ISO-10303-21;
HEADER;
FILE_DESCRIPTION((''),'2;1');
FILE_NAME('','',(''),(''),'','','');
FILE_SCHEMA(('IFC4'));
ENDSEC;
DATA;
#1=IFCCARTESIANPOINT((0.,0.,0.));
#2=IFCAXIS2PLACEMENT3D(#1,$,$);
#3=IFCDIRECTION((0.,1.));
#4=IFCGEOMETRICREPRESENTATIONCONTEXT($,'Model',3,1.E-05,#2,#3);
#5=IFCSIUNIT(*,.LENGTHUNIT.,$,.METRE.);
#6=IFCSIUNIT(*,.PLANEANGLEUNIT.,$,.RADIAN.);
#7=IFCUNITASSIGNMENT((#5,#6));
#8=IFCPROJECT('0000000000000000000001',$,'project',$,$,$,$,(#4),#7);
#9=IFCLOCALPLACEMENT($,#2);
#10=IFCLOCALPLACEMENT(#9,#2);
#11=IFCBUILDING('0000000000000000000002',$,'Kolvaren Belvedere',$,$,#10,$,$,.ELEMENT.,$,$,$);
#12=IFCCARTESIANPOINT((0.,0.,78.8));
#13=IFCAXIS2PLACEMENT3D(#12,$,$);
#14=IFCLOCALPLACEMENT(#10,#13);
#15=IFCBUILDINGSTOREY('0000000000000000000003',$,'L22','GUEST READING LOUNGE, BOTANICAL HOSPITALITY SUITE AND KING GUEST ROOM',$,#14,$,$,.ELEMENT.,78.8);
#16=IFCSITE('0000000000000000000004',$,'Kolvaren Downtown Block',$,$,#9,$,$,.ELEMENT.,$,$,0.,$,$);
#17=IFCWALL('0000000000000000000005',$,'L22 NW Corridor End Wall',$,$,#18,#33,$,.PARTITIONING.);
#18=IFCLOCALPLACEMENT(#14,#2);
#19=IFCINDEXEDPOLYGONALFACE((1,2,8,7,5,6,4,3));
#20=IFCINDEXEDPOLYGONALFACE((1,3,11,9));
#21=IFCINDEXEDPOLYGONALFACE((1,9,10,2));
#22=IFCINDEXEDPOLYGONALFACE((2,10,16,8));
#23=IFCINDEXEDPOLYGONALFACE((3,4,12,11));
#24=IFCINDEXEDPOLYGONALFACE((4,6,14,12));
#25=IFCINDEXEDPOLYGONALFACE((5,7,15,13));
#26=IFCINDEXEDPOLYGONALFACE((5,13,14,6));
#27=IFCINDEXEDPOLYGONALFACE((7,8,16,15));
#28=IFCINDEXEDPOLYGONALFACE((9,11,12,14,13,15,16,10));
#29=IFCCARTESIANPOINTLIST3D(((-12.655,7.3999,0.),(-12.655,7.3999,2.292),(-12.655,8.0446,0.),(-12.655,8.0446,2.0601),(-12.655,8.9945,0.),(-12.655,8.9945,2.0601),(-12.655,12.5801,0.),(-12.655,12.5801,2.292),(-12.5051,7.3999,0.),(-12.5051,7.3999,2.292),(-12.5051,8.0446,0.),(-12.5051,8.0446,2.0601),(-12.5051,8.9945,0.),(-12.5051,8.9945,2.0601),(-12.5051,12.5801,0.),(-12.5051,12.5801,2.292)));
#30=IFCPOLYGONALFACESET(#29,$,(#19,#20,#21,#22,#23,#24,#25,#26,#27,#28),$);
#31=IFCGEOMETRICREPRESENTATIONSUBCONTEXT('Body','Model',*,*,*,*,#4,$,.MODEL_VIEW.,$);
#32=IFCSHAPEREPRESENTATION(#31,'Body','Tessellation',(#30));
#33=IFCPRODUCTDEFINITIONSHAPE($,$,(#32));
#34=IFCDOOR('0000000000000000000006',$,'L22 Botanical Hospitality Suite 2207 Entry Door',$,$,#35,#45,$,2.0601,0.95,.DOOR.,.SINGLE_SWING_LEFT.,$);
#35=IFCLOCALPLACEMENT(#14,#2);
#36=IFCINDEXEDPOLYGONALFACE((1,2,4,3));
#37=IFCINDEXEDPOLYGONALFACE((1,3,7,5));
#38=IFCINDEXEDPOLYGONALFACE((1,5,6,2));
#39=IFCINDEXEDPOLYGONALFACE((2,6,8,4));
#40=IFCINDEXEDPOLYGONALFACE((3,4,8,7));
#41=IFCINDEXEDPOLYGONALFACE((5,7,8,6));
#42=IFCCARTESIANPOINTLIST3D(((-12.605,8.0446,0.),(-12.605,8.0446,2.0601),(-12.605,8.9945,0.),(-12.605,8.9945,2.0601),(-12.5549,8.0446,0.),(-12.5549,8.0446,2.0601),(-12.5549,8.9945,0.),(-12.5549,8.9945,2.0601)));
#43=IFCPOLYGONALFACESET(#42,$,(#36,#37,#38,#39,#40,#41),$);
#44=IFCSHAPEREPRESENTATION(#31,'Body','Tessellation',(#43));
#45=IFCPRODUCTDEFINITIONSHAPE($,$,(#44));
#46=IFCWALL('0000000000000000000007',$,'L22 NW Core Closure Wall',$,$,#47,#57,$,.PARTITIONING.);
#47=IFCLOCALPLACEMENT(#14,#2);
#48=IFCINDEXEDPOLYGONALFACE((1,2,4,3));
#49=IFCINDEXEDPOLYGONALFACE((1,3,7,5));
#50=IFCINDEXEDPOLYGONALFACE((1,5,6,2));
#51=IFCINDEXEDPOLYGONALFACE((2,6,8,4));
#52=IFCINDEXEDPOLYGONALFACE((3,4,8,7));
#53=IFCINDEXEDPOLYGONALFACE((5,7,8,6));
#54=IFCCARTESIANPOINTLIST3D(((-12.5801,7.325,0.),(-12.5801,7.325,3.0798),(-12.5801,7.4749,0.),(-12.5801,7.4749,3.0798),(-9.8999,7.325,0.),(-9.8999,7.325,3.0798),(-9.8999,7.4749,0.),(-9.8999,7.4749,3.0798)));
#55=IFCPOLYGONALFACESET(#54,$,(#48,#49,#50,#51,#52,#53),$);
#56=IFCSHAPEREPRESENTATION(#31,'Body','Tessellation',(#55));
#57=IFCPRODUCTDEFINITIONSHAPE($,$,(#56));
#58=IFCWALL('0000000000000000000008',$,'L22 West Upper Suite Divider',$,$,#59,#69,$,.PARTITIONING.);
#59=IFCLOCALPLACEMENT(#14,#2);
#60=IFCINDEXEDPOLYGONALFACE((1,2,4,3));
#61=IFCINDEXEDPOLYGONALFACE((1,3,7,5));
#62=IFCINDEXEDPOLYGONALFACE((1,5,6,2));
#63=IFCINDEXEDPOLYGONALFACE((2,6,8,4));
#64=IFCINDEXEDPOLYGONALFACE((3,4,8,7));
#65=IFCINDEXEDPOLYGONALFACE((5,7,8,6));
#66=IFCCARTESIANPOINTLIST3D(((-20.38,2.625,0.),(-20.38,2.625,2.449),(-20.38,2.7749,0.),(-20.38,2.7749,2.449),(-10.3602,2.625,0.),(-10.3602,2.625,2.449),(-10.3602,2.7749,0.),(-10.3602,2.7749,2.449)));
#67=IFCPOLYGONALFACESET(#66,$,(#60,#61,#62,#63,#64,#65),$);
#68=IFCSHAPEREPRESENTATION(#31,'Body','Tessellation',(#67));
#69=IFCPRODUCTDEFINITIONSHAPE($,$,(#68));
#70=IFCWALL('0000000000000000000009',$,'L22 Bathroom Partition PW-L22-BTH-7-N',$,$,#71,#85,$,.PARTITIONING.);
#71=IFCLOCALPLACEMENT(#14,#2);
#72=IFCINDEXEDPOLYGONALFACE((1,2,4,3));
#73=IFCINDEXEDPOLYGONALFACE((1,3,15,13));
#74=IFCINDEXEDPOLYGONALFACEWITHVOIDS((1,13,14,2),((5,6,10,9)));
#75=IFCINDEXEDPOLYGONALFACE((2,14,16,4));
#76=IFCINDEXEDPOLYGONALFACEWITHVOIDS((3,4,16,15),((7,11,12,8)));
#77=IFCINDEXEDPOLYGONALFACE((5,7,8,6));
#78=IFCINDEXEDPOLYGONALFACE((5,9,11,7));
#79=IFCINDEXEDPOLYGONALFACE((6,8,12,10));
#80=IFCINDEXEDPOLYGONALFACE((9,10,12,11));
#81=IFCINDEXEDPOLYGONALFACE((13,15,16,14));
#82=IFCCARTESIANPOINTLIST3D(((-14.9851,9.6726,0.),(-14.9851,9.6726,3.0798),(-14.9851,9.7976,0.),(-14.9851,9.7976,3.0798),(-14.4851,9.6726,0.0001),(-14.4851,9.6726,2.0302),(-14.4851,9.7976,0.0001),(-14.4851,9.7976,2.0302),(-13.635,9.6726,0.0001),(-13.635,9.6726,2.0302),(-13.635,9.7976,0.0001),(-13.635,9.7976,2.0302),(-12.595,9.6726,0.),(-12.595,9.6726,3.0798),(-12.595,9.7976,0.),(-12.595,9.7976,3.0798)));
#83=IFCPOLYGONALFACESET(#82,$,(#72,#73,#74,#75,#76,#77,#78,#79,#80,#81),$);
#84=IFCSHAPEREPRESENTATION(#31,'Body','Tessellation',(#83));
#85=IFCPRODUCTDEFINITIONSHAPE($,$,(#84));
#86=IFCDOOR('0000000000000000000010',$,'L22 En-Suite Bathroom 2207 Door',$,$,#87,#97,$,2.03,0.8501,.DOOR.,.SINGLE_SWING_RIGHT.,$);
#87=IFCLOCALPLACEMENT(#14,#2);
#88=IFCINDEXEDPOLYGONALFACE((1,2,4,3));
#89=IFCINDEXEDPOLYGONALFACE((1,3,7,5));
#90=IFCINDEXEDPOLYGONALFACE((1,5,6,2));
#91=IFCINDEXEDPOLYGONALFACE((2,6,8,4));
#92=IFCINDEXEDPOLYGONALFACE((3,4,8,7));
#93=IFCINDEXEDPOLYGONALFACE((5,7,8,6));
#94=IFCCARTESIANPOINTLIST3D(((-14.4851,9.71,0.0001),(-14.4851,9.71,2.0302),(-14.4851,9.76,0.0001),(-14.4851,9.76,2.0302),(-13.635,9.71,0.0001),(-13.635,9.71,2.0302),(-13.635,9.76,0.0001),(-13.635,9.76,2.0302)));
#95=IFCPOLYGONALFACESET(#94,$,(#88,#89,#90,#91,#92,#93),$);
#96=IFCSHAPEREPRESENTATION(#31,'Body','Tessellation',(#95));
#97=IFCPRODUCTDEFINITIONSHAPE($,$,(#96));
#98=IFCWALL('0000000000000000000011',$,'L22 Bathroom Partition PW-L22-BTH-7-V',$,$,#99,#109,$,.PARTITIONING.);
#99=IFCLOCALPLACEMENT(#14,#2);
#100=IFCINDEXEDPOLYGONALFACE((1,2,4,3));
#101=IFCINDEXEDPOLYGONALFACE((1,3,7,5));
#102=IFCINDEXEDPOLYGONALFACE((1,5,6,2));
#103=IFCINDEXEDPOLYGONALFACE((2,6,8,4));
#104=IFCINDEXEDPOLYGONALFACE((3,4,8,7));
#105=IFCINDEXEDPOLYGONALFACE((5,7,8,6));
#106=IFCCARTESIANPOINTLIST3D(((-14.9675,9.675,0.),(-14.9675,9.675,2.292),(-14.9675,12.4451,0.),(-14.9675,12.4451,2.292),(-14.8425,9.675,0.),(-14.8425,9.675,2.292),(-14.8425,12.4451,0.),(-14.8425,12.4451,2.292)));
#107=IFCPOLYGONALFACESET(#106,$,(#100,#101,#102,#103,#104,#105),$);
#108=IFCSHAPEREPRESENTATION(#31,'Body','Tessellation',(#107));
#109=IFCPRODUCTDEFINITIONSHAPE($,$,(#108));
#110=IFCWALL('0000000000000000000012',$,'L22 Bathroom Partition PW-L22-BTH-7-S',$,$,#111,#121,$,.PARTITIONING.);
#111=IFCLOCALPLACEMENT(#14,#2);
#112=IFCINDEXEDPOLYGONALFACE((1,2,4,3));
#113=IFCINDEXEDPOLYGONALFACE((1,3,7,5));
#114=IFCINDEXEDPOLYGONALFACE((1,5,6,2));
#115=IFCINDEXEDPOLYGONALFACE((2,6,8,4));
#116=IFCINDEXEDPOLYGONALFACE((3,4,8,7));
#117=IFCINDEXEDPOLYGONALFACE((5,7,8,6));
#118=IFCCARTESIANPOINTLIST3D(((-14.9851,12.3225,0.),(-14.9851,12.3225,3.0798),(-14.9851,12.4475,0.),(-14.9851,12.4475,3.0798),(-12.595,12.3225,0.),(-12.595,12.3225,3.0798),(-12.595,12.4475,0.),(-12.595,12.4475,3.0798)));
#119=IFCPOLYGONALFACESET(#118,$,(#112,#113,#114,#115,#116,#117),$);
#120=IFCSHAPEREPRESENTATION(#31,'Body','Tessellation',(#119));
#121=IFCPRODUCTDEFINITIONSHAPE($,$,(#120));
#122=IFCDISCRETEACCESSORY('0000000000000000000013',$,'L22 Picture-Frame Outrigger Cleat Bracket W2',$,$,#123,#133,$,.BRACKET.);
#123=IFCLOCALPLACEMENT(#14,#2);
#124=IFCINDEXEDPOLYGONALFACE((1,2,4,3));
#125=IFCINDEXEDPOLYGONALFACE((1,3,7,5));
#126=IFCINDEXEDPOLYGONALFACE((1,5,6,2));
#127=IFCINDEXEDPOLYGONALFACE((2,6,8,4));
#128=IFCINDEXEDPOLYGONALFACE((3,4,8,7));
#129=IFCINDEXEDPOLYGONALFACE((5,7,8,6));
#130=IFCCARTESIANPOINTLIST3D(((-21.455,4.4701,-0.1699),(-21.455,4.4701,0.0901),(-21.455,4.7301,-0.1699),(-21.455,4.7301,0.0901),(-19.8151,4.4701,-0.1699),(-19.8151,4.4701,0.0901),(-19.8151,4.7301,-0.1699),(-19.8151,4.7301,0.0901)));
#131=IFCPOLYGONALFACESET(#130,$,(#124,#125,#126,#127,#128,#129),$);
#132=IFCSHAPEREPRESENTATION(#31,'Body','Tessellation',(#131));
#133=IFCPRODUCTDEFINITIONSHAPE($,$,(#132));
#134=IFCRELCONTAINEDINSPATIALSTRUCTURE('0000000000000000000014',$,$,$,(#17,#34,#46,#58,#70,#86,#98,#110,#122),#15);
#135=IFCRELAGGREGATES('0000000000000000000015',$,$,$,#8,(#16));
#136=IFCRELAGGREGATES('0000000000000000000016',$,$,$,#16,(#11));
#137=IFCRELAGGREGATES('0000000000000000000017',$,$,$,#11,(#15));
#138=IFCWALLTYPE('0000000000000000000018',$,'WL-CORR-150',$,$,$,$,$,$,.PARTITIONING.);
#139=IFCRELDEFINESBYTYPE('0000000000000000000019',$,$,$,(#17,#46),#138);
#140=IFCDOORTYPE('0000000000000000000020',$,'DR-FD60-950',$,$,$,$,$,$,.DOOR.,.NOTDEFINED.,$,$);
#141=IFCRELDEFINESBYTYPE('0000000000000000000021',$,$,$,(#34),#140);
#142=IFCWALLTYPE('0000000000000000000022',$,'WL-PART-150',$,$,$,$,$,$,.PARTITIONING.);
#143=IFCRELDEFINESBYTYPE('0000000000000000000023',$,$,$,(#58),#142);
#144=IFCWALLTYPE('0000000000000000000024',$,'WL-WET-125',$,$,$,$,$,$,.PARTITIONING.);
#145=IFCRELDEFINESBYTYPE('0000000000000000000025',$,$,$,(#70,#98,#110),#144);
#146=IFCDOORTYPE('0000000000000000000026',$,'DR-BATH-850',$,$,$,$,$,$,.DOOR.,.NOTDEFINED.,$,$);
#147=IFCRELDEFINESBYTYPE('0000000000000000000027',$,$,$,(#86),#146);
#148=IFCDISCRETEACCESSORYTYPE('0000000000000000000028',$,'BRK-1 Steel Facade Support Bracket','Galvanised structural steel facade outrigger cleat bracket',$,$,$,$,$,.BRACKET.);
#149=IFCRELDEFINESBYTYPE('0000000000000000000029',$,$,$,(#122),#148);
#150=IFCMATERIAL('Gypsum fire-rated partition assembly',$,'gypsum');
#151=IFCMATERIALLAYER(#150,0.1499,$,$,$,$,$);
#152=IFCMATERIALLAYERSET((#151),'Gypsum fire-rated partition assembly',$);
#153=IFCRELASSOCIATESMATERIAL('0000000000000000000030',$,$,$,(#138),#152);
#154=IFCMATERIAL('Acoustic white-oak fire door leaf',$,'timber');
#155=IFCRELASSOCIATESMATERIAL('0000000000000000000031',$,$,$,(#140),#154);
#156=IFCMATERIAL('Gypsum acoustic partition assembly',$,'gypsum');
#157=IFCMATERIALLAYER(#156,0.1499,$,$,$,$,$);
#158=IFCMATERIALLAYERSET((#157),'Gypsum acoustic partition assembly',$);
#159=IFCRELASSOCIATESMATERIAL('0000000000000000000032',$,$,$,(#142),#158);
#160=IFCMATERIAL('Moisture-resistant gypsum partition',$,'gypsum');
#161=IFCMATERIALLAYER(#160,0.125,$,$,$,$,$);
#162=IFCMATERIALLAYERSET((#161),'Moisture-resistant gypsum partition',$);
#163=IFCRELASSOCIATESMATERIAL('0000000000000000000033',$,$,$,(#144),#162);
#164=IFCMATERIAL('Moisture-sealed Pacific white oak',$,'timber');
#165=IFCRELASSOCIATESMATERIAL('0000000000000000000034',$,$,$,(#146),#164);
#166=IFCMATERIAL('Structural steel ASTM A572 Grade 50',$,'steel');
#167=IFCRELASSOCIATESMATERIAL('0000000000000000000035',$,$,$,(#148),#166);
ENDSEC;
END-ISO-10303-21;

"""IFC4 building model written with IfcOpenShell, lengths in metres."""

from ifc_helpers import new_model, si_unit, direction, frame, frame_2d, origin, origin_2d, place, context, subcontext, project, spatial, rectangle, extrude, material, layer, layer_set, type_object, element, fill, save


model = new_model("IFC4")

# Units and contexts
model_context = context("Model", 3, precision=1e-05, world=origin(), true_north=direction((0.0, 1.0)))
body_context = subcontext(model_context, "Body", "Model", "MODEL_VIEW")
ifc_project = project(units=[si_unit("LENGTHUNIT", "METRE"), si_unit("PLANEANGLEUNIT", "RADIAN")], contexts=[model_context])

# Site, building, storey
site_placement = place(None, origin())
site = spatial("IfcSite", under=ifc_project, at=site_placement, Name="Kolvaren Downtown Block", CompositionType="ELEMENT", RefElevation=0.0)
building_placement = place(site_placement, origin())
building = spatial("IfcBuilding", under=site, at=building_placement, Name="Kolvaren Belvedere", CompositionType="ELEMENT")
storey_placement = place(building_placement, frame((0.0, 0.0, 78.8)))
storey = spatial("IfcBuildingStorey", under=building, at=storey_placement, Name="L22", Description="GUEST READING LOUNGE, BOTANICAL HOSPITALITY SUITE AND KING GUEST ROOM", CompositionType="ELEMENT", Elevation=78.8)

# Wall, opening, door
ifc_material_1 = material(Name="Gypsum fire-rated partition assembly", Category="gypsum")
ifc_layer_1 = layer(ifc_material_1, 0.1499)
ifc_layer_set_1 = layer_set([ifc_layer_1], Name="Gypsum fire-rated partition assembly")
wall_type_1 = type_object("IfcWallType", Name="WL-CORR-150", PredefinedType="PARTITIONING", material=ifc_layer_set_1)
wall_1_placement = place(storey_placement, frame((-12.5801, 7.3999, 0.0), z_axis=(0.0, 0.0, 1.0), x_axis=(0.0, 1.0, 0.0)))
wall_1 = element("IfcWall", 1, at=wall_1_placement, inside=storey, type_object=wall_type_1, Name="L22 NW Corridor End Wall", PredefinedType="PARTITIONING", context=body_context, shape_type="SweptSolid", body=[
    extrude(rectangle(XDim=5.1802, YDim=0.1499, at=frame_2d((2.5901, 0.0))), origin(), (0.0, 0.0, 1.0), 2.292),
])
opening_1_placement = place(wall_1_placement, frame((0.6445, 0.0, 0.0)))
opening_1 = element("IfcOpeningElement", 2, at=opening_1_placement, cuts=wall_1, PredefinedType="OPENING", context=body_context, shape_type="SweptSolid", body=[
    extrude(rectangle(XDim=0.95, YDim=2.0601, at=frame_2d((0.4751, 1.03))), frame((0.0, 0.085, 0.0), z_axis=(0.0, -1.0, 0.0), x_axis=(1.0, 0.0, 0.0)), (0.0, 0.0, 1.0), 0.1699),
])
ifc_material_2 = material(Name="Acoustic white-oak fire door leaf", Category="timber")
door_type_1 = type_object("IfcDoorType", Name="DR-FD60-950", OperationType="NOTDEFINED", PredefinedType="DOOR", material=ifc_material_2)
door_1_placement = place(opening_1_placement, origin())
door_1 = element("IfcDoor", 3, at=door_1_placement, inside=storey, type_object=door_type_1, Name="L22 Botanical Hospitality Suite 2207 Entry Door", OperationType="SINGLE_SWING_LEFT", OverallHeight=2.0601, OverallWidth=0.95, PredefinedType="DOOR", context=body_context, shape_type="SweptSolid", body=[
    extrude(rectangle(XDim=0.95, YDim=2.0601, at=frame_2d((0.4751, 1.03))), frame((0.0, 0.0249, 0.0), z_axis=(0.0, -1.0, 0.0), x_axis=(1.0, 0.0, 0.0)), (0.0, 0.0, 1.0), 0.05),
])
fill(opening_1, door_1)

# Walls
wall_2_placement = place(storey_placement, frame((-12.5801, 7.3999, 0.0), z_axis=(0.0, 0.0, 1.0), x_axis=(1.0, 0.0, 0.0)))
element("IfcWall", 4, at=wall_2_placement, inside=storey, type_object=wall_type_1, Name="L22 NW Core Closure Wall", PredefinedType="PARTITIONING", context=body_context, shape_type="SweptSolid", body=[
    extrude(rectangle(XDim=2.6802, YDim=0.1499, at=frame_2d((1.3401, 0.0))), origin(), (0.0, 0.0, 1.0), 3.0798),
])
ifc_material_3 = material(Name="Gypsum acoustic partition assembly", Category="gypsum")
ifc_layer_2 = layer(ifc_material_3, 0.1499)
ifc_layer_set_2 = layer_set([ifc_layer_2], Name="Gypsum acoustic partition assembly")
wall_type_2 = type_object("IfcWallType", Name="WL-PART-150", PredefinedType="PARTITIONING", material=ifc_layer_set_2)
wall_3_placement = place(storey_placement, frame((-20.3799, 2.7, 0.0), z_axis=(0.0, 0.0, 1.0), x_axis=(1.0, 0.0, 0.0)))
element("IfcWall", 5, at=wall_3_placement, inside=storey, type_object=wall_type_2, Name="L22 West Upper Suite Divider", PredefinedType="PARTITIONING", context=body_context, shape_type="SweptSolid", body=[
    extrude(rectangle(XDim=10.0198, YDim=0.1499, at=frame_2d((5.0098, 0.0))), origin(), (0.0, 0.0, 1.0), 2.449),
])

# Wall, opening, door
ifc_material_4 = material(Name="Moisture-resistant gypsum partition", Category="gypsum")
ifc_layer_3 = layer(ifc_material_4, 0.125)
ifc_layer_set_3 = layer_set([ifc_layer_3], Name="Moisture-resistant gypsum partition")
wall_type_3 = type_object("IfcWallType", Name="WL-WET-125", PredefinedType="PARTITIONING", material=ifc_layer_set_3)
wall_4_placement = place(storey_placement, frame((-14.9851, 9.7351, 0.0), z_axis=(0.0, 0.0, 1.0), x_axis=(1.0, 0.0, 0.0)))
wall_4 = element("IfcWall", 6, at=wall_4_placement, inside=storey, type_object=wall_type_3, Name="L22 Bathroom Partition PW-L22-BTH-7-N", PredefinedType="PARTITIONING", context=body_context, shape_type="SweptSolid", body=[
    extrude(rectangle(XDim=2.3901, YDim=0.125, at=frame_2d((1.1951, 0.0))), origin(), (0.0, 0.0, 1.0), 3.0798),
])
opening_2_placement = place(wall_4_placement, frame((0.5, 0.0, 0.0)))
opening_2 = element("IfcOpeningElement", 7, at=opening_2_placement, cuts=wall_4, PredefinedType="OPENING", context=body_context, shape_type="SweptSolid", body=[
    extrude(rectangle(XDim=0.8501, YDim=2.03, at=frame_2d((0.425, 1.0151))), frame((0.0, 0.0725, 0.0), z_axis=(0.0, -1.0, 0.0), x_axis=(1.0, 0.0, 0.0)), (0.0, 0.0, 1.0), 0.145),
])
ifc_material_5 = material(Name="Moisture-sealed Pacific white oak", Category="timber")
door_type_2 = type_object("IfcDoorType", Name="DR-BATH-850", OperationType="NOTDEFINED", PredefinedType="DOOR", material=ifc_material_5)
door_2_placement = place(opening_2_placement, origin())
door_2 = element("IfcDoor", 8, at=door_2_placement, inside=storey, type_object=door_type_2, Name="L22 En-Suite Bathroom 2207 Door", OperationType="SINGLE_SWING_RIGHT", OverallHeight=2.03, OverallWidth=0.8501, PredefinedType="DOOR", context=body_context, shape_type="SweptSolid", body=[
    extrude(rectangle(XDim=0.8501, YDim=2.03, at=frame_2d((0.425, 1.0151))), frame((0.0, 0.0249, 0.0), z_axis=(0.0, -1.0, 0.0), x_axis=(1.0, 0.0, 0.0)), (0.0, 0.0, 1.0), 0.05),
])
fill(opening_2, door_2)

# Walls
wall_5_placement = place(storey_placement, frame((-14.905, 9.675, 0.0), z_axis=(0.0, 0.0, 1.0), x_axis=(0.0, 1.0, 0.0)))
element("IfcWall", 9, at=wall_5_placement, inside=storey, type_object=wall_type_3, Name="L22 Bathroom Partition PW-L22-BTH-7-V", PredefinedType="PARTITIONING", context=body_context, shape_type="SweptSolid", body=[
    extrude(rectangle(XDim=2.77, YDim=0.125, at=frame_2d((1.385, 0.0))), origin(), (0.0, 0.0, 1.0), 2.292),
])
wall_6_placement = place(storey_placement, frame((-14.9851, 12.385, 0.0), z_axis=(0.0, 0.0, 1.0), x_axis=(1.0, 0.0, 0.0)))
element("IfcWall", 10, at=wall_6_placement, inside=storey, type_object=wall_type_3, Name="L22 Bathroom Partition PW-L22-BTH-7-S", PredefinedType="PARTITIONING", context=body_context, shape_type="SweptSolid", body=[
    extrude(rectangle(XDim=2.3901, YDim=0.125, at=frame_2d((1.1951, 0.0))), origin(), (0.0, 0.0, 1.0), 3.0798),
])

# Discrete accessory
ifc_material_6 = material(Name="Structural steel ASTM A572 Grade 50", Category="steel")
discrete_accessory_type = type_object("IfcDiscreteAccessoryType", Name="BRK-1 Steel Facade Support Bracket", Description="Galvanised structural steel facade outrigger cleat bracket", PredefinedType="BRACKET", material=ifc_material_6)
discrete_accessory_placement = place(storey_placement, frame((-20.635, 4.6001, -0.1699), z_axis=(0.0, 0.0, 1.0), x_axis=(1.0, 0.0, 0.0)))
element("IfcDiscreteAccessory", 11, at=discrete_accessory_placement, inside=storey, type_object=discrete_accessory_type, Name="L22 Picture-Frame Outrigger Cleat Bracket W2", PredefinedType="BRACKET", context=body_context, shape_type="SweptSolid", body=[
    extrude(rectangle(XDim=1.6399, YDim=0.26, at=origin_2d()), origin(), (0.0, 0.0, 1.0), 0.26),
])

save(model, "model.ifc")
